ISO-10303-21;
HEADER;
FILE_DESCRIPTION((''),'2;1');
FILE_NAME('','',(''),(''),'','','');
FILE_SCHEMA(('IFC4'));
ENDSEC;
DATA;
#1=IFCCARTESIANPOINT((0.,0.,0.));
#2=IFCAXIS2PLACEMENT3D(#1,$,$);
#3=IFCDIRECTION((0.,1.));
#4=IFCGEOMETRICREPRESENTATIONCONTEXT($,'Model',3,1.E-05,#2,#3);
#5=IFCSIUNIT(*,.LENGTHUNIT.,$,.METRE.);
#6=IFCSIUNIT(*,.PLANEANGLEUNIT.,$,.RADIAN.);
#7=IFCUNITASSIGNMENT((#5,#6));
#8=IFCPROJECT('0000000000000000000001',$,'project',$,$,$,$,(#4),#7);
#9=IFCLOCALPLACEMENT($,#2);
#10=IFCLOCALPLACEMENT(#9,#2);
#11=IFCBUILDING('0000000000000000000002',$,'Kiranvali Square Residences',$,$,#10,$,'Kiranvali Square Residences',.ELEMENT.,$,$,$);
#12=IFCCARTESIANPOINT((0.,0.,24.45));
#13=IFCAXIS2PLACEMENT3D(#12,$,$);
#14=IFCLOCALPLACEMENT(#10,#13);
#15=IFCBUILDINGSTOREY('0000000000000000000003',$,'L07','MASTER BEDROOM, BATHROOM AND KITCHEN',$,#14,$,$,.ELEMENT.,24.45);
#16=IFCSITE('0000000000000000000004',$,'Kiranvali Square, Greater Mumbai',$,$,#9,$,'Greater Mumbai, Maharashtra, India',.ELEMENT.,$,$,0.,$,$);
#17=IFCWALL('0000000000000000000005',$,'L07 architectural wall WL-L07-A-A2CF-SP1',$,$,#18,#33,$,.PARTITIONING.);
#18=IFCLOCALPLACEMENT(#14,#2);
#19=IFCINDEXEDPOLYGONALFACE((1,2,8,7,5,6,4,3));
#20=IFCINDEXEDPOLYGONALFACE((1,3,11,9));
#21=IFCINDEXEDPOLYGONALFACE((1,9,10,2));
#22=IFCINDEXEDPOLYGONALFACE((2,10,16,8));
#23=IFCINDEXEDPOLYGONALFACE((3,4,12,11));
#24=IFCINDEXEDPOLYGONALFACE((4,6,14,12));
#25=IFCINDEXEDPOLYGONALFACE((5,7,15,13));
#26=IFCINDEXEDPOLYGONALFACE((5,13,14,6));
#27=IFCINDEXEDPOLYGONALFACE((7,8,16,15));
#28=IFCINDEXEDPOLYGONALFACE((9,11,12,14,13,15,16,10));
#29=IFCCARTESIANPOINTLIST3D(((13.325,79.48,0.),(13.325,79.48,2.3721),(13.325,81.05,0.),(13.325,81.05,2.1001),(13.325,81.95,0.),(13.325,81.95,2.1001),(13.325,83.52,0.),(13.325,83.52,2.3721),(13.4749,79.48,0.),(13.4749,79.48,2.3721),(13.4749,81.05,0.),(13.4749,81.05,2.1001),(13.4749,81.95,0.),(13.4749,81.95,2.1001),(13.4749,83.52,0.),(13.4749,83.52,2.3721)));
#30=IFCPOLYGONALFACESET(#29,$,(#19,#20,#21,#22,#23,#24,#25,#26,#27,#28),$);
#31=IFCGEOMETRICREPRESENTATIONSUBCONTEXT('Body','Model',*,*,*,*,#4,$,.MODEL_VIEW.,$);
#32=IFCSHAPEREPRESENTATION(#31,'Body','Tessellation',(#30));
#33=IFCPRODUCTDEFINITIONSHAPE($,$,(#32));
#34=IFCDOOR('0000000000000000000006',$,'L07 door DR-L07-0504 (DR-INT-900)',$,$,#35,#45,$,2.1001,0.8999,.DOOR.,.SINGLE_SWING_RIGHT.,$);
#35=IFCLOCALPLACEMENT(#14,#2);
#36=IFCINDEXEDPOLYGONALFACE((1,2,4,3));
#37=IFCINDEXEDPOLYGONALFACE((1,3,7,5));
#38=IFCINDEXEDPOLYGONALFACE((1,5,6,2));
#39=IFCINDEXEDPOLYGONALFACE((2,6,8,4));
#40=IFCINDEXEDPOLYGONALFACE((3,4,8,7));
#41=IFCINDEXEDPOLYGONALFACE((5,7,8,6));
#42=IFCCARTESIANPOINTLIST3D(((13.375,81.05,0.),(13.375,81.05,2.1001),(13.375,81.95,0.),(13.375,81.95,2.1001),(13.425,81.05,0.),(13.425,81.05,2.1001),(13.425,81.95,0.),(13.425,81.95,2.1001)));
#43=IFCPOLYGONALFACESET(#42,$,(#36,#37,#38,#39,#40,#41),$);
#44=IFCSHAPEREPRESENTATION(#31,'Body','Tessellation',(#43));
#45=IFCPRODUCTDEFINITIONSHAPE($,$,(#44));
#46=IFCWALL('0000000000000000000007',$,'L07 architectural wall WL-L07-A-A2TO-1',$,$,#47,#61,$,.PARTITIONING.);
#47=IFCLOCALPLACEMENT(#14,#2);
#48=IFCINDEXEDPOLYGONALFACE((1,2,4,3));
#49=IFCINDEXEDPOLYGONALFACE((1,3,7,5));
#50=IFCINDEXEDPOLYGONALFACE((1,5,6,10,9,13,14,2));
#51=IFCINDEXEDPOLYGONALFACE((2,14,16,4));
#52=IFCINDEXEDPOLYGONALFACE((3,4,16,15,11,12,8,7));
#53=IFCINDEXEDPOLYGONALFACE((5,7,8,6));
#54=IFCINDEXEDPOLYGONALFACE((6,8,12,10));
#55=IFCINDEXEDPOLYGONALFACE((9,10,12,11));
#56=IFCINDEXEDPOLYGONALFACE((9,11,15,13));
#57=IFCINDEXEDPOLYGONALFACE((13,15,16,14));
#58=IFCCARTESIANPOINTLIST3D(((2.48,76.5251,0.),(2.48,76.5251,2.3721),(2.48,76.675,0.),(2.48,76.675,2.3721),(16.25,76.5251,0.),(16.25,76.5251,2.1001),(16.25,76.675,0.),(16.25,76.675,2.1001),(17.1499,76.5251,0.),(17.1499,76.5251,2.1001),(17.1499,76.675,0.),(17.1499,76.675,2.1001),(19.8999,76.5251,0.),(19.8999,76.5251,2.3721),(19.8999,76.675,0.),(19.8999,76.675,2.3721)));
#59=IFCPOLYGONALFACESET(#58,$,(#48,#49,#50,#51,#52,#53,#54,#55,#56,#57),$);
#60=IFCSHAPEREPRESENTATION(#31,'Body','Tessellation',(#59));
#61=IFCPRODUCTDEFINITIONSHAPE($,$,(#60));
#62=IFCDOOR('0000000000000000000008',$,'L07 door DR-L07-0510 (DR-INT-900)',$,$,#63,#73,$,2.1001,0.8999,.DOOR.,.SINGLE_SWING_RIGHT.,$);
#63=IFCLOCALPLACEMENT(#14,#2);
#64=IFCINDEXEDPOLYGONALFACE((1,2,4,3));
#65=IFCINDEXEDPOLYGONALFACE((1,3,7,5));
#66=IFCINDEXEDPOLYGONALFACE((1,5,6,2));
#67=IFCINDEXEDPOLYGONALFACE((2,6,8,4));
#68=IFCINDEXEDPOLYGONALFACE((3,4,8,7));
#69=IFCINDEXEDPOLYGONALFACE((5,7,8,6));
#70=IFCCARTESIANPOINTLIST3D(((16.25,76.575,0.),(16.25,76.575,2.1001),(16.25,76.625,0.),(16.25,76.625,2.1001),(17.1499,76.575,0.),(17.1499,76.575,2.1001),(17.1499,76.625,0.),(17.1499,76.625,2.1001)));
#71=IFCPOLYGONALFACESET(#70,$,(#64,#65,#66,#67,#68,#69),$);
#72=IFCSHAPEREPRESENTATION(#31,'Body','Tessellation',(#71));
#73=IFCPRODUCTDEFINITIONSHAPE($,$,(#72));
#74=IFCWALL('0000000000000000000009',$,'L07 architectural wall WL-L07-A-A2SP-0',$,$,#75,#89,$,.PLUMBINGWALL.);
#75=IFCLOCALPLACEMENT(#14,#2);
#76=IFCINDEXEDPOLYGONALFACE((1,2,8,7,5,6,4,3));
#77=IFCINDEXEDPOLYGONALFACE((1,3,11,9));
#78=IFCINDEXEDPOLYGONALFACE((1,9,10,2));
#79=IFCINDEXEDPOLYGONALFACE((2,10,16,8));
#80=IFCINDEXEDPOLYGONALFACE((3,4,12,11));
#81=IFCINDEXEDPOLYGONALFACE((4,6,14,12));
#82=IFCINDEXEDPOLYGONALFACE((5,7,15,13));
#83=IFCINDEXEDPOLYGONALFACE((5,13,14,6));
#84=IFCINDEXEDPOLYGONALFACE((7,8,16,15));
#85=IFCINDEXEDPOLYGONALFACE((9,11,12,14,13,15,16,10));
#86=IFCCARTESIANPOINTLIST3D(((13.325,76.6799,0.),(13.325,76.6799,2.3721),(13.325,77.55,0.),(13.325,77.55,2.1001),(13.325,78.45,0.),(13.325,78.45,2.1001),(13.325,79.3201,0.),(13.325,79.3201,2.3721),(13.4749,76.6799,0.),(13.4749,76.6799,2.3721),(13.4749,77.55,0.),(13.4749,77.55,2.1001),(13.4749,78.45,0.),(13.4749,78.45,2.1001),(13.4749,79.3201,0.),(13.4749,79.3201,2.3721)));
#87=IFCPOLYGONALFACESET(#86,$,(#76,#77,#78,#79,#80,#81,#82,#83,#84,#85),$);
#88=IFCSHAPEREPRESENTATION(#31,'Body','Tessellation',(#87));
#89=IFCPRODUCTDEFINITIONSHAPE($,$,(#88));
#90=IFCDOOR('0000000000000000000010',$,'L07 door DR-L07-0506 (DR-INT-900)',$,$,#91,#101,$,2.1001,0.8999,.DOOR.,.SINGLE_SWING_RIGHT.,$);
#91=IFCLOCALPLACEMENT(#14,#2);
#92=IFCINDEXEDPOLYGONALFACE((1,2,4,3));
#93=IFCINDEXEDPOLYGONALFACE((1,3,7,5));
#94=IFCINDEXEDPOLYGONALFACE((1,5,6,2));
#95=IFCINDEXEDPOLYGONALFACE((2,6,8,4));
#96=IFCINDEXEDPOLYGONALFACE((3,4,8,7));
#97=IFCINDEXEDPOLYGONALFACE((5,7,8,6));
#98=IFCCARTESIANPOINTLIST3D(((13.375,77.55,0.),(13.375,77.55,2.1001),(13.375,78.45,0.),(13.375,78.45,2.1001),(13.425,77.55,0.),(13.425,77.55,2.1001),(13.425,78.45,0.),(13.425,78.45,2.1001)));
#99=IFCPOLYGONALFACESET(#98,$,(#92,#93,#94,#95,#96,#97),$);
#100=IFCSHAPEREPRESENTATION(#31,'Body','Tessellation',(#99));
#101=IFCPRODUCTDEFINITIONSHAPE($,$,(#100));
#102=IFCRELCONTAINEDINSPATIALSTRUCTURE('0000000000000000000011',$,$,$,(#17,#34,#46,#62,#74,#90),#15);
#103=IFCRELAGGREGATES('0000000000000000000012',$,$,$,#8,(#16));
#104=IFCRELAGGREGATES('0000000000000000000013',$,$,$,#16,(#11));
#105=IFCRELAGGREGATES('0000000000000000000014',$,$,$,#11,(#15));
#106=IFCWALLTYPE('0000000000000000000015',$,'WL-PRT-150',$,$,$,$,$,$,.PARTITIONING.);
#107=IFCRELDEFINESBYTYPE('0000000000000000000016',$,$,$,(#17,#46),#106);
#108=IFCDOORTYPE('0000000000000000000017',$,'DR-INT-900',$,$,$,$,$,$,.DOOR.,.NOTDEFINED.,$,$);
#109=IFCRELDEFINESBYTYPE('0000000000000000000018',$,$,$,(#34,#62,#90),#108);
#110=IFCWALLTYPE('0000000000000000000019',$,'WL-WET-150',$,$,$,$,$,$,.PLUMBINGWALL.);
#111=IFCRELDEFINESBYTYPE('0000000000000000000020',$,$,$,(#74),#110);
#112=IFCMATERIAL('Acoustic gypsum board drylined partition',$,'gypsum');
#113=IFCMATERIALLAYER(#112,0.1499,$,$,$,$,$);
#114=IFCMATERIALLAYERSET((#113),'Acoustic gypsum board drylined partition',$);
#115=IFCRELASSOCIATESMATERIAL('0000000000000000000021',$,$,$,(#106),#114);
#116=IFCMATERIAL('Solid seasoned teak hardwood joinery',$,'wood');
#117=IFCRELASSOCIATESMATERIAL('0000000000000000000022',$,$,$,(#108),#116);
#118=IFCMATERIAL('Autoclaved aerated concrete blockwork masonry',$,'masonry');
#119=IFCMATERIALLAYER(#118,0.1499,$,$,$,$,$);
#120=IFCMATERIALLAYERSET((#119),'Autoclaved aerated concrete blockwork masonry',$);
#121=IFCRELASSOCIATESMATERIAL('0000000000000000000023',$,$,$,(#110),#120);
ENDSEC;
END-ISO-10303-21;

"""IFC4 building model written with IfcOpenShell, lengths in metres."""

from ifc_helpers import new_model, si_unit, direction, frame, frame_2d, origin, place, context, subcontext, project, spatial, rectangle, extrude, material, layer, layer_set, type_object, element, fill, save


model = new_model("IFC4")

# Units and contexts
model_context = context("Model", 3, precision=1e-05, world=origin(), true_north=direction((0.0, 1.0)))
body_context = subcontext(model_context, "Body", "Model", "MODEL_VIEW")
ifc_project = project(units=[si_unit("LENGTHUNIT", "METRE"), si_unit("PLANEANGLEUNIT", "RADIAN")], contexts=[model_context])

# Site, building, storey
site_placement = place(None, origin())
site = spatial("IfcSite", under=ifc_project, at=site_placement, Name="Kiranvali Square, Greater Mumbai", LongName="Greater Mumbai, Maharashtra, India", CompositionType="ELEMENT", RefElevation=0.0)
building_placement = place(site_placement, origin())
building = spatial("IfcBuilding", under=site, at=building_placement, Name="Kiranvali Square Residences", LongName="Kiranvali Square Residences", CompositionType="ELEMENT")
storey_placement = place(building_placement, frame((0.0, 0.0, 24.45)))
storey = spatial("IfcBuildingStorey", under=building, at=storey_placement, Name="L07", Description="MASTER BEDROOM, BATHROOM AND KITCHEN", CompositionType="ELEMENT", Elevation=24.45)

# Shared definitions
ifc_material_1 = material(Name="Autoclaved aerated concrete blockwork masonry", Category="masonry")

# Walls, openings, doors
ifc_material_2 = material(Name="Acoustic gypsum board drylined partition", Category="gypsum")
ifc_layer_1 = layer(ifc_material_2, 0.1499)
ifc_layer_set_1 = layer_set([ifc_layer_1], Name="Acoustic gypsum board drylined partition")
wall_type_1 = type_object("IfcWallType", Name="WL-PRT-150", PredefinedType="PARTITIONING", material=ifc_layer_set_1)
wall_1_placement = place(storey_placement, frame((13.3999, 83.52, 0.0), z_axis=(0.0, 0.0, 1.0), x_axis=(0.0, -1.0, 0.0)))
wall_1 = element("IfcWall", 1, at=wall_1_placement, inside=storey, type_object=wall_type_1, Name="L07 architectural wall WL-L07-A-A2CF-SP1", PredefinedType="PARTITIONING", context=body_context, shape_type="SweptSolid", body=[
    extrude(rectangle(XDim=4.04, YDim=0.1499, at=frame_2d((2.02, 0.0))), origin(), (0.0, 0.0, 1.0), 2.3721),
])
opening_1_placement = place(wall_1_placement, frame((1.5701, 0.0, 0.0)))
opening_1 = element("IfcOpeningElement", 2, at=opening_1_placement, cuts=wall_1, PredefinedType="OPENING", context=body_context, shape_type="SweptSolid", body=[
    extrude(rectangle(XDim=0.8999, YDim=2.1001, at=frame_2d((0.45, 1.05))), frame((0.0, 0.085, 0.0), z_axis=(0.0, -1.0, 0.0), x_axis=(1.0, 0.0, 0.0)), (0.0, 0.0, 1.0), 0.1699),
])
ifc_material_3 = material(Name="Solid seasoned teak hardwood joinery", Category="wood")
door_type = type_object("IfcDoorType", Name="DR-INT-900", OperationType="NOTDEFINED", PredefinedType="DOOR", material=ifc_material_3)
door_1_placement = place(opening_1_placement, frame((0.8999, 0.0, 0.0), z_axis=(0.0, 0.0, 1.0), x_axis=(-1.0, 0.0, 0.0)))
door_1 = element("IfcDoor", 3, at=door_1_placement, inside=storey, type_object=door_type, Name="L07 door DR-L07-0504 (DR-INT-900)", OperationType="SINGLE_SWING_RIGHT", OverallHeight=2.1001, OverallWidth=0.8999, PredefinedType="DOOR", context=body_context, shape_type="SweptSolid", body=[
    extrude(rectangle(XDim=0.8999, YDim=2.1001, at=frame_2d((0.45, 1.05))), frame((0.0, 0.0249, 0.0), z_axis=(0.0, -1.0, 0.0), x_axis=(1.0, 0.0, 0.0)), (0.0, 0.0, 1.0), 0.05),
])
fill(opening_1, door_1)
wall_2_placement = place(storey_placement, frame((19.8999, 76.6001, 0.0), z_axis=(0.0, 0.0, 1.0), x_axis=(-1.0, 0.0, 0.0)))
wall_2 = element("IfcWall", 4, at=wall_2_placement, inside=storey, type_object=wall_type_1, Name="L07 architectural wall WL-L07-A-A2TO-1", PredefinedType="PARTITIONING", context=body_context, shape_type="SweptSolid", body=[
    extrude(rectangle(XDim=17.4199, YDim=0.1499, at=frame_2d((8.71, 0.0))), origin(), (0.0, 0.0, 1.0), 2.3721),
])
opening_2_placement = place(wall_2_placement, frame((2.75, 0.0, 0.0)))
opening_2 = element("IfcOpeningElement", 5, at=opening_2_placement, cuts=wall_2, PredefinedType="OPENING", context=body_context, shape_type="SweptSolid", body=[
    extrude(rectangle(XDim=0.8999, YDim=2.1001, at=frame_2d((0.45, 1.05))), frame((0.0, 0.085, 0.0), z_axis=(0.0, -1.0, 0.0), x_axis=(1.0, 0.0, 0.0)), (0.0, 0.0, 1.0), 0.1699),
])
door_2_placement = place(opening_2_placement, frame((0.8999, 0.0, 0.0), z_axis=(0.0, 0.0, 1.0), x_axis=(-1.0, 0.0, 0.0)))
door_2 = element("IfcDoor", 6, at=door_2_placement, inside=storey, type_object=door_type, Name="L07 door DR-L07-0510 (DR-INT-900)", OperationType="SINGLE_SWING_RIGHT", OverallHeight=2.1001, OverallWidth=0.8999, PredefinedType="DOOR", context=body_context, shape_type="SweptSolid", body=[
    extrude(rectangle(XDim=0.8999, YDim=2.1001, at=frame_2d((0.45, 1.05))), frame((0.0, 0.0249, 0.0), z_axis=(0.0, -1.0, 0.0), x_axis=(1.0, 0.0, 0.0)), (0.0, 0.0, 1.0), 0.05),
])
fill(opening_2, door_2)
ifc_layer_2 = layer(ifc_material_1, 0.1499)
ifc_layer_set_2 = layer_set([ifc_layer_2], Name="Autoclaved aerated concrete blockwork masonry")
wall_type_2 = type_object("IfcWallType", Name="WL-WET-150", PredefinedType="PLUMBINGWALL", material=ifc_layer_set_2)
wall_3_placement = place(storey_placement, frame((13.3999, 79.3201, 0.0), z_axis=(0.0, 0.0, 1.0), x_axis=(0.0, -1.0, 0.0)))
wall_3 = element("IfcWall", 7, at=wall_3_placement, inside=storey, type_object=wall_type_2, Name="L07 architectural wall WL-L07-A-A2SP-0", PredefinedType="PLUMBINGWALL", context=body_context, shape_type="SweptSolid", body=[
    extrude(rectangle(XDim=2.6401, YDim=0.1499, at=frame_2d((1.3201, 0.0))), origin(), (0.0, 0.0, 1.0), 2.3721),
])
opening_3_placement = place(wall_3_placement, frame((0.8701, 0.0, 0.0)))
opening_3 = element("IfcOpeningElement", 8, at=opening_3_placement, cuts=wall_3, PredefinedType="OPENING", context=body_context, shape_type="SweptSolid", body=[
    extrude(rectangle(XDim=0.8999, YDim=2.1001, at=frame_2d((0.45, 1.05))), frame((0.0, 0.085, 0.0), z_axis=(0.0, -1.0, 0.0), x_axis=(1.0, 0.0, 0.0)), (0.0, 0.0, 1.0), 0.1699),
])
door_3_placement = place(opening_3_placement, frame((0.8999, 0.0, 0.0), z_axis=(0.0, 0.0, 1.0), x_axis=(-1.0, 0.0, 0.0)))
door_3 = element("IfcDoor", 9, at=door_3_placement, inside=storey, type_object=door_type, Name="L07 door DR-L07-0506 (DR-INT-900)", OperationType="SINGLE_SWING_RIGHT", OverallHeight=2.1001, OverallWidth=0.8999, PredefinedType="DOOR", context=body_context, shape_type="SweptSolid", body=[
    extrude(rectangle(XDim=0.8999, YDim=2.1001, at=frame_2d((0.45, 1.05))), frame((0.0, 0.0249, 0.0), z_axis=(0.0, -1.0, 0.0), x_axis=(1.0, 0.0, 0.0)), (0.0, 0.0, 1.0), 0.05),
])
fill(opening_3, door_3)

save(model, "model.ifc")
